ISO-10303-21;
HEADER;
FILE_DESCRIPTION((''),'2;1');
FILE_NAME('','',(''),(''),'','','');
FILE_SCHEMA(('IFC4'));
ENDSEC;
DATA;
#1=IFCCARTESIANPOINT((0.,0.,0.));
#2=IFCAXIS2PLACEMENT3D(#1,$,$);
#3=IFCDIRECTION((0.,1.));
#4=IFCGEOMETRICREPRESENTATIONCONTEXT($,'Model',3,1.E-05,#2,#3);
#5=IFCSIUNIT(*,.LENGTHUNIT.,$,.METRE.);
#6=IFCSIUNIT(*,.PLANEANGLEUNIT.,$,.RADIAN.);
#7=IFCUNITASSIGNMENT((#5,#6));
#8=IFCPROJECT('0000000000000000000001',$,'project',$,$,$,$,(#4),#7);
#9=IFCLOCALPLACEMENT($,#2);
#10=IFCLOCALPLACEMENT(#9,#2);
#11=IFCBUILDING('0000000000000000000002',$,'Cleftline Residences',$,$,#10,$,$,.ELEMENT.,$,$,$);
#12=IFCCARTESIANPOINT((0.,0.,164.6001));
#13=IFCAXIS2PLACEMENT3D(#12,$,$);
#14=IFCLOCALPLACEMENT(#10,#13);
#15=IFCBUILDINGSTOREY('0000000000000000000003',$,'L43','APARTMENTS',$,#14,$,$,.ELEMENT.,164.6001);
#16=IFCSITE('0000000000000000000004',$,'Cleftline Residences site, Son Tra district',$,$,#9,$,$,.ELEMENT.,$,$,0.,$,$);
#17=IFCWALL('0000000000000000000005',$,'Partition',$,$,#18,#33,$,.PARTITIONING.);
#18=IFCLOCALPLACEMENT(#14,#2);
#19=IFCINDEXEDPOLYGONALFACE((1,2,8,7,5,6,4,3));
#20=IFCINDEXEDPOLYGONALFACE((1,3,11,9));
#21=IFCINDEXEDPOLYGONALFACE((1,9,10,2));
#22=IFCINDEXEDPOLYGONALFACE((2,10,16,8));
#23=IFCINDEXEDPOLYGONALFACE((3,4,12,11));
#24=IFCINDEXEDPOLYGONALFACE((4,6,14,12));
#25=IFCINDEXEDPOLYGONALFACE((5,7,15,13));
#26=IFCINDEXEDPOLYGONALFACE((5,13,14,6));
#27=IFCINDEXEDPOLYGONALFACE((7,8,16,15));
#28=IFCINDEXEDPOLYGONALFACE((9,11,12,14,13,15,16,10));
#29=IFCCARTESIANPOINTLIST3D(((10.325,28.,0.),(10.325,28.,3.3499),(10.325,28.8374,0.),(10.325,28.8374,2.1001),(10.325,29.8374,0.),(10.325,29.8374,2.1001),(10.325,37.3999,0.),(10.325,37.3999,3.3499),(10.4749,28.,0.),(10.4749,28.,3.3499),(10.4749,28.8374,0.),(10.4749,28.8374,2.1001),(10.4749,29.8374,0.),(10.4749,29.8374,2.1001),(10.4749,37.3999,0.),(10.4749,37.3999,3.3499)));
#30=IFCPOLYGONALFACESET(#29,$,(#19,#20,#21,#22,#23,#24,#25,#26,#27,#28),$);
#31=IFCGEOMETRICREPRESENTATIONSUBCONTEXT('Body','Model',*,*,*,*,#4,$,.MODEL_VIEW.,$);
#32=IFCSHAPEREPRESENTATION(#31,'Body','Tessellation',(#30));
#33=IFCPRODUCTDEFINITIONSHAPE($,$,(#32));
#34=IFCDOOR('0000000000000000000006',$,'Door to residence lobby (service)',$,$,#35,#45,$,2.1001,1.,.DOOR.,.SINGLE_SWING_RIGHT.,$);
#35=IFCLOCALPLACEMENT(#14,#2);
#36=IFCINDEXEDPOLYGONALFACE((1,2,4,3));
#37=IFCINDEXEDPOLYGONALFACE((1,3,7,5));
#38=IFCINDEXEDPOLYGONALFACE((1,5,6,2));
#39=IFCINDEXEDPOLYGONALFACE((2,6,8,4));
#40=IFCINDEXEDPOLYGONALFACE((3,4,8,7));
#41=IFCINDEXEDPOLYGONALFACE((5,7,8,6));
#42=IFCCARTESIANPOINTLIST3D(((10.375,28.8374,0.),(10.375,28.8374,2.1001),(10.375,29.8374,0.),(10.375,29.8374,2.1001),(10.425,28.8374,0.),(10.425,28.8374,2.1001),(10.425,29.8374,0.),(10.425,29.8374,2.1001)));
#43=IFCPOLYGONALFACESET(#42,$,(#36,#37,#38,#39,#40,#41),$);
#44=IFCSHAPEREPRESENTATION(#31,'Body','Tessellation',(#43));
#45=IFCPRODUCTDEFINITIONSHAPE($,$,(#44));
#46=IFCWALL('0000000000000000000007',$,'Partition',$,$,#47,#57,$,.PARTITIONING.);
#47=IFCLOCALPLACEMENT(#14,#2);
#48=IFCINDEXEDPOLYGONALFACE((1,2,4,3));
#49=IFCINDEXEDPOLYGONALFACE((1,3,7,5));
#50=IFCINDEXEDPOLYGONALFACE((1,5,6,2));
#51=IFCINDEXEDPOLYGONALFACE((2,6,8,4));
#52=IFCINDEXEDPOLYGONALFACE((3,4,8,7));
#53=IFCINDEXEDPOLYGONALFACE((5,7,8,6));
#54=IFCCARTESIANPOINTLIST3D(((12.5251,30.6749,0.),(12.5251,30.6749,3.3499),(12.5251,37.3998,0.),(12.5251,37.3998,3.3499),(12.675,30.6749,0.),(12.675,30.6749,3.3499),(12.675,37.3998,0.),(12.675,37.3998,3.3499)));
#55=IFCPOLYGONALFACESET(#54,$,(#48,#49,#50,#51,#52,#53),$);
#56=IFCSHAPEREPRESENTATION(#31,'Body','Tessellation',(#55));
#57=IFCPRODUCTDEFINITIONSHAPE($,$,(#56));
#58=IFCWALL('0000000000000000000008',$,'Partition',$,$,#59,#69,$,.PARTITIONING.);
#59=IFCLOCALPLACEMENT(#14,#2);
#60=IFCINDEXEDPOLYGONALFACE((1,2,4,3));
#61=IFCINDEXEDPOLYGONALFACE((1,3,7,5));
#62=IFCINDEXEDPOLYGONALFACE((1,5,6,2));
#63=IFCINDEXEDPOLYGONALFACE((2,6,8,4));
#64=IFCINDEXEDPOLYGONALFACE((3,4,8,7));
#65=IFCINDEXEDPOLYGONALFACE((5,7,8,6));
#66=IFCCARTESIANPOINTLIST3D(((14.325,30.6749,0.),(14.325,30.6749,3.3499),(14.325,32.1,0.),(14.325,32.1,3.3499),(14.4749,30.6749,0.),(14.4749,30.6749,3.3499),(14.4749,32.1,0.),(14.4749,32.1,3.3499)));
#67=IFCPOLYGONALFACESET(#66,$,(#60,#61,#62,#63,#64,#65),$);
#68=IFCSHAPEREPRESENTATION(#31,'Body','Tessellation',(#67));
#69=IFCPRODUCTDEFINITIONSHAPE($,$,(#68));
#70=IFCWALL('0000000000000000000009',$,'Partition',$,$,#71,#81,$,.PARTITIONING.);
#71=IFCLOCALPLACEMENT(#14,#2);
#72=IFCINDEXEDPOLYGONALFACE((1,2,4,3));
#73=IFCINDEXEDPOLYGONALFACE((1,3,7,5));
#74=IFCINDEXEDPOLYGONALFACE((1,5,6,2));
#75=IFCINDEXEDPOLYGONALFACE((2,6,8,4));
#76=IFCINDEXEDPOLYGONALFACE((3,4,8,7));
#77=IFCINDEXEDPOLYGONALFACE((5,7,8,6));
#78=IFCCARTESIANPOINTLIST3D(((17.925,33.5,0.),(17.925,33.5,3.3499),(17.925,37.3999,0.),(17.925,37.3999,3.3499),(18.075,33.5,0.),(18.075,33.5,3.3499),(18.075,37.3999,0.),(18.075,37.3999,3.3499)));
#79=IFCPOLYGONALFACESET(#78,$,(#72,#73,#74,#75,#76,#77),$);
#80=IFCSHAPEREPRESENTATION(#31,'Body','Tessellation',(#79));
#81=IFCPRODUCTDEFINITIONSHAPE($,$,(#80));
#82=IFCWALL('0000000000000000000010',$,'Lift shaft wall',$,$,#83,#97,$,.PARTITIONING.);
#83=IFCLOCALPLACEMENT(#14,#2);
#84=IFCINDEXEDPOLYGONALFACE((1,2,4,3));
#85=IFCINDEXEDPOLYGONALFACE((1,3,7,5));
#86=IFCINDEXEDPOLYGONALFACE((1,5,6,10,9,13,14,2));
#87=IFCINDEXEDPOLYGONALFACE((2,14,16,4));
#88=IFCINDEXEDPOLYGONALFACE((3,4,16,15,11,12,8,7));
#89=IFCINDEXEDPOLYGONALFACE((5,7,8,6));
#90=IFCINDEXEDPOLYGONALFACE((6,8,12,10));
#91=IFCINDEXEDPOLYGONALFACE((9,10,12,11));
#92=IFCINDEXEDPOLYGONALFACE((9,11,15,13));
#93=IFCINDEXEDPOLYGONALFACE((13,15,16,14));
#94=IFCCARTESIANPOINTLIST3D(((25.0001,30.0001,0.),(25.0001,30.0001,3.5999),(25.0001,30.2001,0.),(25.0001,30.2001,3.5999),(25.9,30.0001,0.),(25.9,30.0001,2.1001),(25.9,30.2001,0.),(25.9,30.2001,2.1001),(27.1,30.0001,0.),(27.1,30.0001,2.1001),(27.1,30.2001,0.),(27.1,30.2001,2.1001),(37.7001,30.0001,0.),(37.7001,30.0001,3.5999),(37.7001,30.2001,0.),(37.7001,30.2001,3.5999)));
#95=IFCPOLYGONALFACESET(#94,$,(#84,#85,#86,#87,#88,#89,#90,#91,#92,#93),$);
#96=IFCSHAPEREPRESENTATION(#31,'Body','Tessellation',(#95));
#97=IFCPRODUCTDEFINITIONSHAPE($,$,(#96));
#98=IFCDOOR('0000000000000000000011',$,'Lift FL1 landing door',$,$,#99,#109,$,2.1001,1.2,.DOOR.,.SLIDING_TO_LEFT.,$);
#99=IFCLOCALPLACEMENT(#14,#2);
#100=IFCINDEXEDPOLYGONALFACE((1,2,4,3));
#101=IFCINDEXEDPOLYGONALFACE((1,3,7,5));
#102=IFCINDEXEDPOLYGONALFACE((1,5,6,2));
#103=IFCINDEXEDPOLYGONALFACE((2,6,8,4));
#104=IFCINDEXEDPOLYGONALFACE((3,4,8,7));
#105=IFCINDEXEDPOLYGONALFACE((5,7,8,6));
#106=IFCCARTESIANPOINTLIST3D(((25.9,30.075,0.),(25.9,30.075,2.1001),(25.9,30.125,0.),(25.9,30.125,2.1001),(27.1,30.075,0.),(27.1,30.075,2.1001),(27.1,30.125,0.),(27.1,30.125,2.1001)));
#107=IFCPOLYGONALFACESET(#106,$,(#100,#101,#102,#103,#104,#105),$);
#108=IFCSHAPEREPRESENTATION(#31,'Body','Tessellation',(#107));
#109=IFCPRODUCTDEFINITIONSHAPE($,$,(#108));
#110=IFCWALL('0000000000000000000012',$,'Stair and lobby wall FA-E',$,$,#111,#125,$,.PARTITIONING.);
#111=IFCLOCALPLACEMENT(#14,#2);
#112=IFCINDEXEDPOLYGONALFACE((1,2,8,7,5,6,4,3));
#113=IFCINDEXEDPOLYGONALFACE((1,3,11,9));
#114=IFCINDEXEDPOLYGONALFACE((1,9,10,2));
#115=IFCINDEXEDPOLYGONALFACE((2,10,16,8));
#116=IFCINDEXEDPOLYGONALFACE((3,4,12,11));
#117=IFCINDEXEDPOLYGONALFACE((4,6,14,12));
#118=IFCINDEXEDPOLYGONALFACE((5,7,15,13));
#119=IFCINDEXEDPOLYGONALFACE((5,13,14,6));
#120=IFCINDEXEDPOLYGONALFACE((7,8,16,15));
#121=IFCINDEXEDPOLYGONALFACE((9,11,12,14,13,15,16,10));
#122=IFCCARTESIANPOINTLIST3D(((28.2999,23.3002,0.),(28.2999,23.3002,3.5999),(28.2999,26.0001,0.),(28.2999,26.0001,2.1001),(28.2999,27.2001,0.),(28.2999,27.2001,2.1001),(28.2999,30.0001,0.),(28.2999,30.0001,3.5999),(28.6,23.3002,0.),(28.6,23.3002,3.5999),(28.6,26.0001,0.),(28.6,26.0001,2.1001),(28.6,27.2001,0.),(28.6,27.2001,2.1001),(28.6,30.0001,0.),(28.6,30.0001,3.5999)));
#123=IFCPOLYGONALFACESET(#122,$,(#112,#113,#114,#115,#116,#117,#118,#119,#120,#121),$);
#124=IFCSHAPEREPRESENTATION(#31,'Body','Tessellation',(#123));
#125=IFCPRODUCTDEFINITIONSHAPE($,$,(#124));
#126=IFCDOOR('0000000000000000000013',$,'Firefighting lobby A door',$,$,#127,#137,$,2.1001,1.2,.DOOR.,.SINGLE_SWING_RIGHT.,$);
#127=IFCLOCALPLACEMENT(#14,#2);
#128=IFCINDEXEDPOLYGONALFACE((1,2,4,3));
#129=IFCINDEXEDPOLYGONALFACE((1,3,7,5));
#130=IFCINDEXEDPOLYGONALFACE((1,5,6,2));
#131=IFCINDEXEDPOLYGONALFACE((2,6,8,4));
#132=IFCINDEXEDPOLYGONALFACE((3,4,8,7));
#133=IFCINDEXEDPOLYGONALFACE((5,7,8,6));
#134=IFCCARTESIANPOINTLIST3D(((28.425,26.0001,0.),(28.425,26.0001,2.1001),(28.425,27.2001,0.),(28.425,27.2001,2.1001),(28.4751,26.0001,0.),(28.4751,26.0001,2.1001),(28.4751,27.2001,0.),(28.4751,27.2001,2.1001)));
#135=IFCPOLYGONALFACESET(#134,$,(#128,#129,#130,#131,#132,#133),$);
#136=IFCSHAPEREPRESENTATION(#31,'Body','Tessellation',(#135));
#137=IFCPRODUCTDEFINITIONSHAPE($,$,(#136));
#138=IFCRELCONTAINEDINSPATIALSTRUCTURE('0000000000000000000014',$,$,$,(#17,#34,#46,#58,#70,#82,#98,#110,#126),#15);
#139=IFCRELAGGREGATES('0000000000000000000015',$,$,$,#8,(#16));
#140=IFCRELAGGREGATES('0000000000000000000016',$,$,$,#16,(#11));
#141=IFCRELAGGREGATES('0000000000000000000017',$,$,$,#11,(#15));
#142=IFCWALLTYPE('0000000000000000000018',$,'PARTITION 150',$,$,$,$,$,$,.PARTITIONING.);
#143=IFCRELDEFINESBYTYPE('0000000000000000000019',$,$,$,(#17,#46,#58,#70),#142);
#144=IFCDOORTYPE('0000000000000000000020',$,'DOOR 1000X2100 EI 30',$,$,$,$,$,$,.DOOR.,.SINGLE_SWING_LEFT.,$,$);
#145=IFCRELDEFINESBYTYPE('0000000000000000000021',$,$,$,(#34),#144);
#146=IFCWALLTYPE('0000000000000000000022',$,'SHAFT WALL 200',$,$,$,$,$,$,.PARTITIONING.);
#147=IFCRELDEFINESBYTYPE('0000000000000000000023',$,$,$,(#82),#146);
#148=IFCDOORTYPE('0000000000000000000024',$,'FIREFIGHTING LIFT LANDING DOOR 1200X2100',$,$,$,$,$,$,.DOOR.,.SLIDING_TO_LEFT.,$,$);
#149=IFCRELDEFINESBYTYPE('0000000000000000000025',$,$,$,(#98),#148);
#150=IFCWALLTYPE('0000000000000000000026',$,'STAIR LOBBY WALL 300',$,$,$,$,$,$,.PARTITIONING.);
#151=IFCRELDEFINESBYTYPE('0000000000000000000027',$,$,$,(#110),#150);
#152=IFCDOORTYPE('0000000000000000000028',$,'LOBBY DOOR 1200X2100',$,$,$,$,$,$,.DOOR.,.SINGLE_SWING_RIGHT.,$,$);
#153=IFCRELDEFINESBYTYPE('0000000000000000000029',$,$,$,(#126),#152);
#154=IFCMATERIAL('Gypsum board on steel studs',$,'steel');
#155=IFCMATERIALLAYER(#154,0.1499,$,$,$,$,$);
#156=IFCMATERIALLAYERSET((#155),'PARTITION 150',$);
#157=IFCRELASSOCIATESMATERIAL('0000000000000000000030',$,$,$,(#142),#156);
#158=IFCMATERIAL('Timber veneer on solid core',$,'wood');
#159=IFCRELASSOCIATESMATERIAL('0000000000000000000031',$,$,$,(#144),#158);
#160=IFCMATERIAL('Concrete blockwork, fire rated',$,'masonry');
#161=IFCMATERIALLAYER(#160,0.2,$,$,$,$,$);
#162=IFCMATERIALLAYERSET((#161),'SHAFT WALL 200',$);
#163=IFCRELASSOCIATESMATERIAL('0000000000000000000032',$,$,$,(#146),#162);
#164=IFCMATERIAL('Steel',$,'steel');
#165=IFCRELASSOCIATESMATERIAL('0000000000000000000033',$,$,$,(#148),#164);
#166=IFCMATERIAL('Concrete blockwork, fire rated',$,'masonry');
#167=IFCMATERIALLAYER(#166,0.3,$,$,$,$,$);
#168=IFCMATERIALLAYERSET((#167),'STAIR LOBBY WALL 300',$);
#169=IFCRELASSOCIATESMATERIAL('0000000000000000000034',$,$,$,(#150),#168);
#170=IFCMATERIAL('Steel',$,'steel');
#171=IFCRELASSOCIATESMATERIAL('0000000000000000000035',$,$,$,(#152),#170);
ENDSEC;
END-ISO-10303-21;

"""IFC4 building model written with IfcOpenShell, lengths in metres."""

from ifc_helpers import new_model, si_unit, direction, frame, frame_2d, origin, place, context, subcontext, project, spatial, rectangle, extrude, material, layer, layer_set, type_object, element, fill, save


model = new_model("IFC4")

# Units and contexts
model_context = context("Model", 3, precision=1e-05, world=origin(), true_north=direction((0.0, 1.0)))
body_context = subcontext(model_context, "Body", "Model", "MODEL_VIEW")
ifc_project = project(units=[si_unit("LENGTHUNIT", "METRE"), si_unit("PLANEANGLEUNIT", "RADIAN")], contexts=[model_context])

# Site, building, storey
site_placement = place(None, origin())
site = spatial("IfcSite", under=ifc_project, at=site_placement, Name="Cleftline Residences site, Son Tra district", CompositionType="ELEMENT", RefElevation=0.0)
building_placement = place(site_placement, origin())
building = spatial("IfcBuilding", under=site, at=building_placement, Name="Cleftline Residences", CompositionType="ELEMENT")
storey_placement = place(building_placement, frame((0.0, 0.0, 164.6001)))
storey = spatial("IfcBuildingStorey", under=building, at=storey_placement, Name="L43", Description="APARTMENTS", CompositionType="ELEMENT", Elevation=164.6001)

# Shared definitions
ifc_material_1 = material(Name="Gypsum board on steel studs", Category="steel")
ifc_layer_1 = layer(ifc_material_1, 0.1499)
ifc_layer_set_1 = layer_set([ifc_layer_1], Name="PARTITION 150")
wall_type_1 = type_object("IfcWallType", Name="PARTITION 150", PredefinedType="PARTITIONING", material=ifc_layer_set_1)

# Wall, opening, door
wall_1_placement = place(storey_placement, frame((10.3999, 28.0, 0.0), z_axis=(0.0, 0.0, 1.0), x_axis=(0.0, 1.0, 0.0)))
wall_1 = element("IfcWall", 1, at=wall_1_placement, inside=storey, type_object=wall_type_1, Name="Partition", PredefinedType="PARTITIONING", context=body_context, shape_type="SweptSolid", body=[
    extrude(rectangle(XDim=9.3999, YDim=0.1499, at=frame_2d((4.7, 0.0))), origin(), (0.0, 0.0, 1.0), 3.3499),
])
opening_1_placement = place(wall_1_placement, frame((0.8374, 0.0, 0.0)))
opening_1 = element("IfcOpeningElement", 2, at=opening_1_placement, cuts=wall_1, PredefinedType="OPENING", context=body_context, shape_type="SweptSolid", body=[
    extrude(rectangle(XDim=1.0, YDim=2.1001, at=frame_2d((0.5, 1.05))), frame((0.0, 0.085, 0.0), z_axis=(0.0, -1.0, 0.0), x_axis=(1.0, 0.0, 0.0)), (0.0, 0.0, 1.0), 0.1699),
])
ifc_material_2 = material(Name="Timber veneer on solid core", Category="wood")
door_type_1 = type_object("IfcDoorType", Name="DOOR 1000X2100 EI 30", OperationType="SINGLE_SWING_LEFT", PredefinedType="DOOR", material=ifc_material_2)
door_1_placement = place(opening_1_placement, origin())
door_1 = element("IfcDoor", 3, at=door_1_placement, inside=storey, type_object=door_type_1, Name="Door to residence lobby (service)", OperationType="SINGLE_SWING_RIGHT", OverallHeight=2.1001, OverallWidth=1.0, PredefinedType="DOOR", context=body_context, shape_type="SweptSolid", body=[
    extrude(rectangle(XDim=1.0, YDim=2.1001, at=frame_2d((0.5, 1.05))), frame((0.0, 0.0249, 0.0), z_axis=(0.0, -1.0, 0.0), x_axis=(1.0, 0.0, 0.0)), (0.0, 0.0, 1.0), 0.05),
])
fill(opening_1, door_1)

# Walls
wall_2_placement = place(storey_placement, frame((12.6001, 30.675, 0.0), z_axis=(0.0, 0.0, 1.0), x_axis=(0.0, 1.0, 0.0)))
element("IfcWall", 4, at=wall_2_placement, inside=storey, type_object=wall_type_1, Name="Partition", PredefinedType="PARTITIONING", context=body_context, shape_type="SweptSolid", body=[
    extrude(rectangle(XDim=6.7249, YDim=0.1499, at=frame_2d((3.3623, 0.0))), origin(), (0.0, 0.0, 1.0), 3.3499),
])
wall_3_placement = place(storey_placement, frame((14.3999, 30.675, 0.0), z_axis=(0.0, 0.0, 1.0), x_axis=(0.0, 1.0, 0.0)))
element("IfcWall", 5, at=wall_3_placement, inside=storey, type_object=wall_type_1, Name="Partition", PredefinedType="PARTITIONING", context=body_context, shape_type="SweptSolid", body=[
    extrude(rectangle(XDim=1.425, YDim=0.1499, at=frame_2d((0.7124, 0.0))), origin(), (0.0, 0.0, 1.0), 3.3499),
])
wall_4_placement = place(storey_placement, frame((18.0, 33.5, 0.0), z_axis=(0.0, 0.0, 1.0), x_axis=(0.0, 1.0, 0.0)))
element("IfcWall", 6, at=wall_4_placement, inside=storey, type_object=wall_type_1, Name="Partition", PredefinedType="PARTITIONING", context=body_context, shape_type="SweptSolid", body=[
    extrude(rectangle(XDim=3.8999, YDim=0.1499, at=frame_2d((1.95, 0.0))), origin(), (0.0, 0.0, 1.0), 3.3499),
])

# Walls, openings, doors
ifc_material_3 = material(Name="Concrete blockwork, fire rated", Category="masonry")
ifc_layer_2 = layer(ifc_material_3, 0.2)
ifc_layer_set_2 = layer_set([ifc_layer_2], Name="SHAFT WALL 200")
wall_type_2 = type_object("IfcWallType", Name="SHAFT WALL 200", PredefinedType="PARTITIONING", material=ifc_layer_set_2)
wall_5_placement = place(storey_placement, frame((25.0, 30.1001, 0.0), z_axis=(0.0, 0.0, 1.0), x_axis=(1.0, 0.0, 0.0)))
wall_5 = element("IfcWall", 7, at=wall_5_placement, inside=storey, type_object=wall_type_2, Name="Lift shaft wall", PredefinedType="PARTITIONING", context=body_context, shape_type="SweptSolid", body=[
    extrude(rectangle(XDim=12.7, YDim=0.2, at=frame_2d((6.3501, 0.0))), origin(), (0.0, 0.0, 1.0), 3.5999),
])
opening_2_placement = place(wall_5_placement, frame((0.8999, 0.0, 0.0)))
opening_2 = element("IfcOpeningElement", 8, at=opening_2_placement, cuts=wall_5, PredefinedType="OPENING", context=body_context, shape_type="SweptSolid", body=[
    extrude(rectangle(XDim=1.2, YDim=2.1001, at=frame_2d((0.6001, 1.05))), frame((0.0, 0.1099, 0.0), z_axis=(0.0, -1.0, 0.0), x_axis=(1.0, 0.0, 0.0)), (0.0, 0.0, 1.0), 0.22),
])
ifc_material_4 = material(Name="Steel", Category="steel")
door_type_2 = type_object("IfcDoorType", Name="FIREFIGHTING LIFT LANDING DOOR 1200X2100", OperationType="SLIDING_TO_LEFT", PredefinedType="DOOR", material=ifc_material_4)
door_2_placement = place(opening_2_placement, origin())
door_2 = element("IfcDoor", 9, at=door_2_placement, inside=storey, type_object=door_type_2, Name="Lift FL1 landing door", OperationType="SLIDING_TO_LEFT", OverallHeight=2.1001, OverallWidth=1.2, PredefinedType="DOOR", context=body_context, shape_type="SweptSolid", body=[
    extrude(rectangle(XDim=1.2, YDim=2.1001, at=frame_2d((0.6001, 1.05))), frame((0.0, 0.0249, 0.0), z_axis=(0.0, -1.0, 0.0), x_axis=(1.0, 0.0, 0.0)), (0.0, 0.0, 1.0), 0.05),
])
fill(opening_2, door_2)
ifc_material_5 = material(Name="Concrete blockwork, fire rated", Category="masonry")
ifc_layer_3 = layer(ifc_material_5, 0.3)
ifc_layer_set_3 = layer_set([ifc_layer_3], Name="STAIR LOBBY WALL 300")
wall_type_3 = type_object("IfcWallType", Name="STAIR LOBBY WALL 300", PredefinedType="PARTITIONING", material=ifc_layer_set_3)
wall_6_placement = place(storey_placement, frame((28.45, 23.3, 0.0), z_axis=(0.0, 0.0, 1.0), x_axis=(0.0, 1.0, 0.0)))
wall_6 = element("IfcWall", 10, at=wall_6_placement, inside=storey, type_object=wall_type_3, Name="Stair and lobby wall FA-E", PredefinedType="PARTITIONING", context=body_context, shape_type="SweptSolid", body=[
    extrude(rectangle(XDim=6.7, YDim=0.3, at=frame_2d((3.3501, 0.0))), origin(), (0.0, 0.0, 1.0), 3.5999),
])
opening_3_placement = place(wall_6_placement, frame((2.7, 0.0, 0.0)))
opening_3 = element("IfcOpeningElement", 11, at=opening_3_placement, cuts=wall_6, PredefinedType="OPENING", context=body_context, shape_type="SweptSolid", body=[
    extrude(rectangle(XDim=1.2, YDim=2.1001, at=frame_2d((0.6001, 1.05))), frame((0.0, 0.1599, 0.0), z_axis=(0.0, -1.0, 0.0), x_axis=(1.0, 0.0, 0.0)), (0.0, 0.0, 1.0), 0.3201),
])
ifc_material_6 = material(Name="Steel", Category="steel")
door_type_3 = type_object("IfcDoorType", Name="LOBBY DOOR 1200X2100", OperationType="SINGLE_SWING_RIGHT", PredefinedType="DOOR", material=ifc_material_6)
door_3_placement = place(opening_3_placement, origin())
door_3 = element("IfcDoor", 12, at=door_3_placement, inside=storey, type_object=door_type_3, Name="Firefighting lobby A door", OperationType="SINGLE_SWING_RIGHT", OverallHeight=2.1001, OverallWidth=1.2, PredefinedType="DOOR", context=body_context, shape_type="SweptSolid", body=[
    extrude(rectangle(XDim=1.2, YDim=2.1001, at=frame_2d((0.6001, 1.05))), frame((0.0, 0.0249, 0.0), z_axis=(0.0, -1.0, 0.0), x_axis=(1.0, 0.0, 0.0)), (0.0, 0.0, 1.0), 0.05),
])
fill(opening_3, door_3)

save(model, "model.ifc")
